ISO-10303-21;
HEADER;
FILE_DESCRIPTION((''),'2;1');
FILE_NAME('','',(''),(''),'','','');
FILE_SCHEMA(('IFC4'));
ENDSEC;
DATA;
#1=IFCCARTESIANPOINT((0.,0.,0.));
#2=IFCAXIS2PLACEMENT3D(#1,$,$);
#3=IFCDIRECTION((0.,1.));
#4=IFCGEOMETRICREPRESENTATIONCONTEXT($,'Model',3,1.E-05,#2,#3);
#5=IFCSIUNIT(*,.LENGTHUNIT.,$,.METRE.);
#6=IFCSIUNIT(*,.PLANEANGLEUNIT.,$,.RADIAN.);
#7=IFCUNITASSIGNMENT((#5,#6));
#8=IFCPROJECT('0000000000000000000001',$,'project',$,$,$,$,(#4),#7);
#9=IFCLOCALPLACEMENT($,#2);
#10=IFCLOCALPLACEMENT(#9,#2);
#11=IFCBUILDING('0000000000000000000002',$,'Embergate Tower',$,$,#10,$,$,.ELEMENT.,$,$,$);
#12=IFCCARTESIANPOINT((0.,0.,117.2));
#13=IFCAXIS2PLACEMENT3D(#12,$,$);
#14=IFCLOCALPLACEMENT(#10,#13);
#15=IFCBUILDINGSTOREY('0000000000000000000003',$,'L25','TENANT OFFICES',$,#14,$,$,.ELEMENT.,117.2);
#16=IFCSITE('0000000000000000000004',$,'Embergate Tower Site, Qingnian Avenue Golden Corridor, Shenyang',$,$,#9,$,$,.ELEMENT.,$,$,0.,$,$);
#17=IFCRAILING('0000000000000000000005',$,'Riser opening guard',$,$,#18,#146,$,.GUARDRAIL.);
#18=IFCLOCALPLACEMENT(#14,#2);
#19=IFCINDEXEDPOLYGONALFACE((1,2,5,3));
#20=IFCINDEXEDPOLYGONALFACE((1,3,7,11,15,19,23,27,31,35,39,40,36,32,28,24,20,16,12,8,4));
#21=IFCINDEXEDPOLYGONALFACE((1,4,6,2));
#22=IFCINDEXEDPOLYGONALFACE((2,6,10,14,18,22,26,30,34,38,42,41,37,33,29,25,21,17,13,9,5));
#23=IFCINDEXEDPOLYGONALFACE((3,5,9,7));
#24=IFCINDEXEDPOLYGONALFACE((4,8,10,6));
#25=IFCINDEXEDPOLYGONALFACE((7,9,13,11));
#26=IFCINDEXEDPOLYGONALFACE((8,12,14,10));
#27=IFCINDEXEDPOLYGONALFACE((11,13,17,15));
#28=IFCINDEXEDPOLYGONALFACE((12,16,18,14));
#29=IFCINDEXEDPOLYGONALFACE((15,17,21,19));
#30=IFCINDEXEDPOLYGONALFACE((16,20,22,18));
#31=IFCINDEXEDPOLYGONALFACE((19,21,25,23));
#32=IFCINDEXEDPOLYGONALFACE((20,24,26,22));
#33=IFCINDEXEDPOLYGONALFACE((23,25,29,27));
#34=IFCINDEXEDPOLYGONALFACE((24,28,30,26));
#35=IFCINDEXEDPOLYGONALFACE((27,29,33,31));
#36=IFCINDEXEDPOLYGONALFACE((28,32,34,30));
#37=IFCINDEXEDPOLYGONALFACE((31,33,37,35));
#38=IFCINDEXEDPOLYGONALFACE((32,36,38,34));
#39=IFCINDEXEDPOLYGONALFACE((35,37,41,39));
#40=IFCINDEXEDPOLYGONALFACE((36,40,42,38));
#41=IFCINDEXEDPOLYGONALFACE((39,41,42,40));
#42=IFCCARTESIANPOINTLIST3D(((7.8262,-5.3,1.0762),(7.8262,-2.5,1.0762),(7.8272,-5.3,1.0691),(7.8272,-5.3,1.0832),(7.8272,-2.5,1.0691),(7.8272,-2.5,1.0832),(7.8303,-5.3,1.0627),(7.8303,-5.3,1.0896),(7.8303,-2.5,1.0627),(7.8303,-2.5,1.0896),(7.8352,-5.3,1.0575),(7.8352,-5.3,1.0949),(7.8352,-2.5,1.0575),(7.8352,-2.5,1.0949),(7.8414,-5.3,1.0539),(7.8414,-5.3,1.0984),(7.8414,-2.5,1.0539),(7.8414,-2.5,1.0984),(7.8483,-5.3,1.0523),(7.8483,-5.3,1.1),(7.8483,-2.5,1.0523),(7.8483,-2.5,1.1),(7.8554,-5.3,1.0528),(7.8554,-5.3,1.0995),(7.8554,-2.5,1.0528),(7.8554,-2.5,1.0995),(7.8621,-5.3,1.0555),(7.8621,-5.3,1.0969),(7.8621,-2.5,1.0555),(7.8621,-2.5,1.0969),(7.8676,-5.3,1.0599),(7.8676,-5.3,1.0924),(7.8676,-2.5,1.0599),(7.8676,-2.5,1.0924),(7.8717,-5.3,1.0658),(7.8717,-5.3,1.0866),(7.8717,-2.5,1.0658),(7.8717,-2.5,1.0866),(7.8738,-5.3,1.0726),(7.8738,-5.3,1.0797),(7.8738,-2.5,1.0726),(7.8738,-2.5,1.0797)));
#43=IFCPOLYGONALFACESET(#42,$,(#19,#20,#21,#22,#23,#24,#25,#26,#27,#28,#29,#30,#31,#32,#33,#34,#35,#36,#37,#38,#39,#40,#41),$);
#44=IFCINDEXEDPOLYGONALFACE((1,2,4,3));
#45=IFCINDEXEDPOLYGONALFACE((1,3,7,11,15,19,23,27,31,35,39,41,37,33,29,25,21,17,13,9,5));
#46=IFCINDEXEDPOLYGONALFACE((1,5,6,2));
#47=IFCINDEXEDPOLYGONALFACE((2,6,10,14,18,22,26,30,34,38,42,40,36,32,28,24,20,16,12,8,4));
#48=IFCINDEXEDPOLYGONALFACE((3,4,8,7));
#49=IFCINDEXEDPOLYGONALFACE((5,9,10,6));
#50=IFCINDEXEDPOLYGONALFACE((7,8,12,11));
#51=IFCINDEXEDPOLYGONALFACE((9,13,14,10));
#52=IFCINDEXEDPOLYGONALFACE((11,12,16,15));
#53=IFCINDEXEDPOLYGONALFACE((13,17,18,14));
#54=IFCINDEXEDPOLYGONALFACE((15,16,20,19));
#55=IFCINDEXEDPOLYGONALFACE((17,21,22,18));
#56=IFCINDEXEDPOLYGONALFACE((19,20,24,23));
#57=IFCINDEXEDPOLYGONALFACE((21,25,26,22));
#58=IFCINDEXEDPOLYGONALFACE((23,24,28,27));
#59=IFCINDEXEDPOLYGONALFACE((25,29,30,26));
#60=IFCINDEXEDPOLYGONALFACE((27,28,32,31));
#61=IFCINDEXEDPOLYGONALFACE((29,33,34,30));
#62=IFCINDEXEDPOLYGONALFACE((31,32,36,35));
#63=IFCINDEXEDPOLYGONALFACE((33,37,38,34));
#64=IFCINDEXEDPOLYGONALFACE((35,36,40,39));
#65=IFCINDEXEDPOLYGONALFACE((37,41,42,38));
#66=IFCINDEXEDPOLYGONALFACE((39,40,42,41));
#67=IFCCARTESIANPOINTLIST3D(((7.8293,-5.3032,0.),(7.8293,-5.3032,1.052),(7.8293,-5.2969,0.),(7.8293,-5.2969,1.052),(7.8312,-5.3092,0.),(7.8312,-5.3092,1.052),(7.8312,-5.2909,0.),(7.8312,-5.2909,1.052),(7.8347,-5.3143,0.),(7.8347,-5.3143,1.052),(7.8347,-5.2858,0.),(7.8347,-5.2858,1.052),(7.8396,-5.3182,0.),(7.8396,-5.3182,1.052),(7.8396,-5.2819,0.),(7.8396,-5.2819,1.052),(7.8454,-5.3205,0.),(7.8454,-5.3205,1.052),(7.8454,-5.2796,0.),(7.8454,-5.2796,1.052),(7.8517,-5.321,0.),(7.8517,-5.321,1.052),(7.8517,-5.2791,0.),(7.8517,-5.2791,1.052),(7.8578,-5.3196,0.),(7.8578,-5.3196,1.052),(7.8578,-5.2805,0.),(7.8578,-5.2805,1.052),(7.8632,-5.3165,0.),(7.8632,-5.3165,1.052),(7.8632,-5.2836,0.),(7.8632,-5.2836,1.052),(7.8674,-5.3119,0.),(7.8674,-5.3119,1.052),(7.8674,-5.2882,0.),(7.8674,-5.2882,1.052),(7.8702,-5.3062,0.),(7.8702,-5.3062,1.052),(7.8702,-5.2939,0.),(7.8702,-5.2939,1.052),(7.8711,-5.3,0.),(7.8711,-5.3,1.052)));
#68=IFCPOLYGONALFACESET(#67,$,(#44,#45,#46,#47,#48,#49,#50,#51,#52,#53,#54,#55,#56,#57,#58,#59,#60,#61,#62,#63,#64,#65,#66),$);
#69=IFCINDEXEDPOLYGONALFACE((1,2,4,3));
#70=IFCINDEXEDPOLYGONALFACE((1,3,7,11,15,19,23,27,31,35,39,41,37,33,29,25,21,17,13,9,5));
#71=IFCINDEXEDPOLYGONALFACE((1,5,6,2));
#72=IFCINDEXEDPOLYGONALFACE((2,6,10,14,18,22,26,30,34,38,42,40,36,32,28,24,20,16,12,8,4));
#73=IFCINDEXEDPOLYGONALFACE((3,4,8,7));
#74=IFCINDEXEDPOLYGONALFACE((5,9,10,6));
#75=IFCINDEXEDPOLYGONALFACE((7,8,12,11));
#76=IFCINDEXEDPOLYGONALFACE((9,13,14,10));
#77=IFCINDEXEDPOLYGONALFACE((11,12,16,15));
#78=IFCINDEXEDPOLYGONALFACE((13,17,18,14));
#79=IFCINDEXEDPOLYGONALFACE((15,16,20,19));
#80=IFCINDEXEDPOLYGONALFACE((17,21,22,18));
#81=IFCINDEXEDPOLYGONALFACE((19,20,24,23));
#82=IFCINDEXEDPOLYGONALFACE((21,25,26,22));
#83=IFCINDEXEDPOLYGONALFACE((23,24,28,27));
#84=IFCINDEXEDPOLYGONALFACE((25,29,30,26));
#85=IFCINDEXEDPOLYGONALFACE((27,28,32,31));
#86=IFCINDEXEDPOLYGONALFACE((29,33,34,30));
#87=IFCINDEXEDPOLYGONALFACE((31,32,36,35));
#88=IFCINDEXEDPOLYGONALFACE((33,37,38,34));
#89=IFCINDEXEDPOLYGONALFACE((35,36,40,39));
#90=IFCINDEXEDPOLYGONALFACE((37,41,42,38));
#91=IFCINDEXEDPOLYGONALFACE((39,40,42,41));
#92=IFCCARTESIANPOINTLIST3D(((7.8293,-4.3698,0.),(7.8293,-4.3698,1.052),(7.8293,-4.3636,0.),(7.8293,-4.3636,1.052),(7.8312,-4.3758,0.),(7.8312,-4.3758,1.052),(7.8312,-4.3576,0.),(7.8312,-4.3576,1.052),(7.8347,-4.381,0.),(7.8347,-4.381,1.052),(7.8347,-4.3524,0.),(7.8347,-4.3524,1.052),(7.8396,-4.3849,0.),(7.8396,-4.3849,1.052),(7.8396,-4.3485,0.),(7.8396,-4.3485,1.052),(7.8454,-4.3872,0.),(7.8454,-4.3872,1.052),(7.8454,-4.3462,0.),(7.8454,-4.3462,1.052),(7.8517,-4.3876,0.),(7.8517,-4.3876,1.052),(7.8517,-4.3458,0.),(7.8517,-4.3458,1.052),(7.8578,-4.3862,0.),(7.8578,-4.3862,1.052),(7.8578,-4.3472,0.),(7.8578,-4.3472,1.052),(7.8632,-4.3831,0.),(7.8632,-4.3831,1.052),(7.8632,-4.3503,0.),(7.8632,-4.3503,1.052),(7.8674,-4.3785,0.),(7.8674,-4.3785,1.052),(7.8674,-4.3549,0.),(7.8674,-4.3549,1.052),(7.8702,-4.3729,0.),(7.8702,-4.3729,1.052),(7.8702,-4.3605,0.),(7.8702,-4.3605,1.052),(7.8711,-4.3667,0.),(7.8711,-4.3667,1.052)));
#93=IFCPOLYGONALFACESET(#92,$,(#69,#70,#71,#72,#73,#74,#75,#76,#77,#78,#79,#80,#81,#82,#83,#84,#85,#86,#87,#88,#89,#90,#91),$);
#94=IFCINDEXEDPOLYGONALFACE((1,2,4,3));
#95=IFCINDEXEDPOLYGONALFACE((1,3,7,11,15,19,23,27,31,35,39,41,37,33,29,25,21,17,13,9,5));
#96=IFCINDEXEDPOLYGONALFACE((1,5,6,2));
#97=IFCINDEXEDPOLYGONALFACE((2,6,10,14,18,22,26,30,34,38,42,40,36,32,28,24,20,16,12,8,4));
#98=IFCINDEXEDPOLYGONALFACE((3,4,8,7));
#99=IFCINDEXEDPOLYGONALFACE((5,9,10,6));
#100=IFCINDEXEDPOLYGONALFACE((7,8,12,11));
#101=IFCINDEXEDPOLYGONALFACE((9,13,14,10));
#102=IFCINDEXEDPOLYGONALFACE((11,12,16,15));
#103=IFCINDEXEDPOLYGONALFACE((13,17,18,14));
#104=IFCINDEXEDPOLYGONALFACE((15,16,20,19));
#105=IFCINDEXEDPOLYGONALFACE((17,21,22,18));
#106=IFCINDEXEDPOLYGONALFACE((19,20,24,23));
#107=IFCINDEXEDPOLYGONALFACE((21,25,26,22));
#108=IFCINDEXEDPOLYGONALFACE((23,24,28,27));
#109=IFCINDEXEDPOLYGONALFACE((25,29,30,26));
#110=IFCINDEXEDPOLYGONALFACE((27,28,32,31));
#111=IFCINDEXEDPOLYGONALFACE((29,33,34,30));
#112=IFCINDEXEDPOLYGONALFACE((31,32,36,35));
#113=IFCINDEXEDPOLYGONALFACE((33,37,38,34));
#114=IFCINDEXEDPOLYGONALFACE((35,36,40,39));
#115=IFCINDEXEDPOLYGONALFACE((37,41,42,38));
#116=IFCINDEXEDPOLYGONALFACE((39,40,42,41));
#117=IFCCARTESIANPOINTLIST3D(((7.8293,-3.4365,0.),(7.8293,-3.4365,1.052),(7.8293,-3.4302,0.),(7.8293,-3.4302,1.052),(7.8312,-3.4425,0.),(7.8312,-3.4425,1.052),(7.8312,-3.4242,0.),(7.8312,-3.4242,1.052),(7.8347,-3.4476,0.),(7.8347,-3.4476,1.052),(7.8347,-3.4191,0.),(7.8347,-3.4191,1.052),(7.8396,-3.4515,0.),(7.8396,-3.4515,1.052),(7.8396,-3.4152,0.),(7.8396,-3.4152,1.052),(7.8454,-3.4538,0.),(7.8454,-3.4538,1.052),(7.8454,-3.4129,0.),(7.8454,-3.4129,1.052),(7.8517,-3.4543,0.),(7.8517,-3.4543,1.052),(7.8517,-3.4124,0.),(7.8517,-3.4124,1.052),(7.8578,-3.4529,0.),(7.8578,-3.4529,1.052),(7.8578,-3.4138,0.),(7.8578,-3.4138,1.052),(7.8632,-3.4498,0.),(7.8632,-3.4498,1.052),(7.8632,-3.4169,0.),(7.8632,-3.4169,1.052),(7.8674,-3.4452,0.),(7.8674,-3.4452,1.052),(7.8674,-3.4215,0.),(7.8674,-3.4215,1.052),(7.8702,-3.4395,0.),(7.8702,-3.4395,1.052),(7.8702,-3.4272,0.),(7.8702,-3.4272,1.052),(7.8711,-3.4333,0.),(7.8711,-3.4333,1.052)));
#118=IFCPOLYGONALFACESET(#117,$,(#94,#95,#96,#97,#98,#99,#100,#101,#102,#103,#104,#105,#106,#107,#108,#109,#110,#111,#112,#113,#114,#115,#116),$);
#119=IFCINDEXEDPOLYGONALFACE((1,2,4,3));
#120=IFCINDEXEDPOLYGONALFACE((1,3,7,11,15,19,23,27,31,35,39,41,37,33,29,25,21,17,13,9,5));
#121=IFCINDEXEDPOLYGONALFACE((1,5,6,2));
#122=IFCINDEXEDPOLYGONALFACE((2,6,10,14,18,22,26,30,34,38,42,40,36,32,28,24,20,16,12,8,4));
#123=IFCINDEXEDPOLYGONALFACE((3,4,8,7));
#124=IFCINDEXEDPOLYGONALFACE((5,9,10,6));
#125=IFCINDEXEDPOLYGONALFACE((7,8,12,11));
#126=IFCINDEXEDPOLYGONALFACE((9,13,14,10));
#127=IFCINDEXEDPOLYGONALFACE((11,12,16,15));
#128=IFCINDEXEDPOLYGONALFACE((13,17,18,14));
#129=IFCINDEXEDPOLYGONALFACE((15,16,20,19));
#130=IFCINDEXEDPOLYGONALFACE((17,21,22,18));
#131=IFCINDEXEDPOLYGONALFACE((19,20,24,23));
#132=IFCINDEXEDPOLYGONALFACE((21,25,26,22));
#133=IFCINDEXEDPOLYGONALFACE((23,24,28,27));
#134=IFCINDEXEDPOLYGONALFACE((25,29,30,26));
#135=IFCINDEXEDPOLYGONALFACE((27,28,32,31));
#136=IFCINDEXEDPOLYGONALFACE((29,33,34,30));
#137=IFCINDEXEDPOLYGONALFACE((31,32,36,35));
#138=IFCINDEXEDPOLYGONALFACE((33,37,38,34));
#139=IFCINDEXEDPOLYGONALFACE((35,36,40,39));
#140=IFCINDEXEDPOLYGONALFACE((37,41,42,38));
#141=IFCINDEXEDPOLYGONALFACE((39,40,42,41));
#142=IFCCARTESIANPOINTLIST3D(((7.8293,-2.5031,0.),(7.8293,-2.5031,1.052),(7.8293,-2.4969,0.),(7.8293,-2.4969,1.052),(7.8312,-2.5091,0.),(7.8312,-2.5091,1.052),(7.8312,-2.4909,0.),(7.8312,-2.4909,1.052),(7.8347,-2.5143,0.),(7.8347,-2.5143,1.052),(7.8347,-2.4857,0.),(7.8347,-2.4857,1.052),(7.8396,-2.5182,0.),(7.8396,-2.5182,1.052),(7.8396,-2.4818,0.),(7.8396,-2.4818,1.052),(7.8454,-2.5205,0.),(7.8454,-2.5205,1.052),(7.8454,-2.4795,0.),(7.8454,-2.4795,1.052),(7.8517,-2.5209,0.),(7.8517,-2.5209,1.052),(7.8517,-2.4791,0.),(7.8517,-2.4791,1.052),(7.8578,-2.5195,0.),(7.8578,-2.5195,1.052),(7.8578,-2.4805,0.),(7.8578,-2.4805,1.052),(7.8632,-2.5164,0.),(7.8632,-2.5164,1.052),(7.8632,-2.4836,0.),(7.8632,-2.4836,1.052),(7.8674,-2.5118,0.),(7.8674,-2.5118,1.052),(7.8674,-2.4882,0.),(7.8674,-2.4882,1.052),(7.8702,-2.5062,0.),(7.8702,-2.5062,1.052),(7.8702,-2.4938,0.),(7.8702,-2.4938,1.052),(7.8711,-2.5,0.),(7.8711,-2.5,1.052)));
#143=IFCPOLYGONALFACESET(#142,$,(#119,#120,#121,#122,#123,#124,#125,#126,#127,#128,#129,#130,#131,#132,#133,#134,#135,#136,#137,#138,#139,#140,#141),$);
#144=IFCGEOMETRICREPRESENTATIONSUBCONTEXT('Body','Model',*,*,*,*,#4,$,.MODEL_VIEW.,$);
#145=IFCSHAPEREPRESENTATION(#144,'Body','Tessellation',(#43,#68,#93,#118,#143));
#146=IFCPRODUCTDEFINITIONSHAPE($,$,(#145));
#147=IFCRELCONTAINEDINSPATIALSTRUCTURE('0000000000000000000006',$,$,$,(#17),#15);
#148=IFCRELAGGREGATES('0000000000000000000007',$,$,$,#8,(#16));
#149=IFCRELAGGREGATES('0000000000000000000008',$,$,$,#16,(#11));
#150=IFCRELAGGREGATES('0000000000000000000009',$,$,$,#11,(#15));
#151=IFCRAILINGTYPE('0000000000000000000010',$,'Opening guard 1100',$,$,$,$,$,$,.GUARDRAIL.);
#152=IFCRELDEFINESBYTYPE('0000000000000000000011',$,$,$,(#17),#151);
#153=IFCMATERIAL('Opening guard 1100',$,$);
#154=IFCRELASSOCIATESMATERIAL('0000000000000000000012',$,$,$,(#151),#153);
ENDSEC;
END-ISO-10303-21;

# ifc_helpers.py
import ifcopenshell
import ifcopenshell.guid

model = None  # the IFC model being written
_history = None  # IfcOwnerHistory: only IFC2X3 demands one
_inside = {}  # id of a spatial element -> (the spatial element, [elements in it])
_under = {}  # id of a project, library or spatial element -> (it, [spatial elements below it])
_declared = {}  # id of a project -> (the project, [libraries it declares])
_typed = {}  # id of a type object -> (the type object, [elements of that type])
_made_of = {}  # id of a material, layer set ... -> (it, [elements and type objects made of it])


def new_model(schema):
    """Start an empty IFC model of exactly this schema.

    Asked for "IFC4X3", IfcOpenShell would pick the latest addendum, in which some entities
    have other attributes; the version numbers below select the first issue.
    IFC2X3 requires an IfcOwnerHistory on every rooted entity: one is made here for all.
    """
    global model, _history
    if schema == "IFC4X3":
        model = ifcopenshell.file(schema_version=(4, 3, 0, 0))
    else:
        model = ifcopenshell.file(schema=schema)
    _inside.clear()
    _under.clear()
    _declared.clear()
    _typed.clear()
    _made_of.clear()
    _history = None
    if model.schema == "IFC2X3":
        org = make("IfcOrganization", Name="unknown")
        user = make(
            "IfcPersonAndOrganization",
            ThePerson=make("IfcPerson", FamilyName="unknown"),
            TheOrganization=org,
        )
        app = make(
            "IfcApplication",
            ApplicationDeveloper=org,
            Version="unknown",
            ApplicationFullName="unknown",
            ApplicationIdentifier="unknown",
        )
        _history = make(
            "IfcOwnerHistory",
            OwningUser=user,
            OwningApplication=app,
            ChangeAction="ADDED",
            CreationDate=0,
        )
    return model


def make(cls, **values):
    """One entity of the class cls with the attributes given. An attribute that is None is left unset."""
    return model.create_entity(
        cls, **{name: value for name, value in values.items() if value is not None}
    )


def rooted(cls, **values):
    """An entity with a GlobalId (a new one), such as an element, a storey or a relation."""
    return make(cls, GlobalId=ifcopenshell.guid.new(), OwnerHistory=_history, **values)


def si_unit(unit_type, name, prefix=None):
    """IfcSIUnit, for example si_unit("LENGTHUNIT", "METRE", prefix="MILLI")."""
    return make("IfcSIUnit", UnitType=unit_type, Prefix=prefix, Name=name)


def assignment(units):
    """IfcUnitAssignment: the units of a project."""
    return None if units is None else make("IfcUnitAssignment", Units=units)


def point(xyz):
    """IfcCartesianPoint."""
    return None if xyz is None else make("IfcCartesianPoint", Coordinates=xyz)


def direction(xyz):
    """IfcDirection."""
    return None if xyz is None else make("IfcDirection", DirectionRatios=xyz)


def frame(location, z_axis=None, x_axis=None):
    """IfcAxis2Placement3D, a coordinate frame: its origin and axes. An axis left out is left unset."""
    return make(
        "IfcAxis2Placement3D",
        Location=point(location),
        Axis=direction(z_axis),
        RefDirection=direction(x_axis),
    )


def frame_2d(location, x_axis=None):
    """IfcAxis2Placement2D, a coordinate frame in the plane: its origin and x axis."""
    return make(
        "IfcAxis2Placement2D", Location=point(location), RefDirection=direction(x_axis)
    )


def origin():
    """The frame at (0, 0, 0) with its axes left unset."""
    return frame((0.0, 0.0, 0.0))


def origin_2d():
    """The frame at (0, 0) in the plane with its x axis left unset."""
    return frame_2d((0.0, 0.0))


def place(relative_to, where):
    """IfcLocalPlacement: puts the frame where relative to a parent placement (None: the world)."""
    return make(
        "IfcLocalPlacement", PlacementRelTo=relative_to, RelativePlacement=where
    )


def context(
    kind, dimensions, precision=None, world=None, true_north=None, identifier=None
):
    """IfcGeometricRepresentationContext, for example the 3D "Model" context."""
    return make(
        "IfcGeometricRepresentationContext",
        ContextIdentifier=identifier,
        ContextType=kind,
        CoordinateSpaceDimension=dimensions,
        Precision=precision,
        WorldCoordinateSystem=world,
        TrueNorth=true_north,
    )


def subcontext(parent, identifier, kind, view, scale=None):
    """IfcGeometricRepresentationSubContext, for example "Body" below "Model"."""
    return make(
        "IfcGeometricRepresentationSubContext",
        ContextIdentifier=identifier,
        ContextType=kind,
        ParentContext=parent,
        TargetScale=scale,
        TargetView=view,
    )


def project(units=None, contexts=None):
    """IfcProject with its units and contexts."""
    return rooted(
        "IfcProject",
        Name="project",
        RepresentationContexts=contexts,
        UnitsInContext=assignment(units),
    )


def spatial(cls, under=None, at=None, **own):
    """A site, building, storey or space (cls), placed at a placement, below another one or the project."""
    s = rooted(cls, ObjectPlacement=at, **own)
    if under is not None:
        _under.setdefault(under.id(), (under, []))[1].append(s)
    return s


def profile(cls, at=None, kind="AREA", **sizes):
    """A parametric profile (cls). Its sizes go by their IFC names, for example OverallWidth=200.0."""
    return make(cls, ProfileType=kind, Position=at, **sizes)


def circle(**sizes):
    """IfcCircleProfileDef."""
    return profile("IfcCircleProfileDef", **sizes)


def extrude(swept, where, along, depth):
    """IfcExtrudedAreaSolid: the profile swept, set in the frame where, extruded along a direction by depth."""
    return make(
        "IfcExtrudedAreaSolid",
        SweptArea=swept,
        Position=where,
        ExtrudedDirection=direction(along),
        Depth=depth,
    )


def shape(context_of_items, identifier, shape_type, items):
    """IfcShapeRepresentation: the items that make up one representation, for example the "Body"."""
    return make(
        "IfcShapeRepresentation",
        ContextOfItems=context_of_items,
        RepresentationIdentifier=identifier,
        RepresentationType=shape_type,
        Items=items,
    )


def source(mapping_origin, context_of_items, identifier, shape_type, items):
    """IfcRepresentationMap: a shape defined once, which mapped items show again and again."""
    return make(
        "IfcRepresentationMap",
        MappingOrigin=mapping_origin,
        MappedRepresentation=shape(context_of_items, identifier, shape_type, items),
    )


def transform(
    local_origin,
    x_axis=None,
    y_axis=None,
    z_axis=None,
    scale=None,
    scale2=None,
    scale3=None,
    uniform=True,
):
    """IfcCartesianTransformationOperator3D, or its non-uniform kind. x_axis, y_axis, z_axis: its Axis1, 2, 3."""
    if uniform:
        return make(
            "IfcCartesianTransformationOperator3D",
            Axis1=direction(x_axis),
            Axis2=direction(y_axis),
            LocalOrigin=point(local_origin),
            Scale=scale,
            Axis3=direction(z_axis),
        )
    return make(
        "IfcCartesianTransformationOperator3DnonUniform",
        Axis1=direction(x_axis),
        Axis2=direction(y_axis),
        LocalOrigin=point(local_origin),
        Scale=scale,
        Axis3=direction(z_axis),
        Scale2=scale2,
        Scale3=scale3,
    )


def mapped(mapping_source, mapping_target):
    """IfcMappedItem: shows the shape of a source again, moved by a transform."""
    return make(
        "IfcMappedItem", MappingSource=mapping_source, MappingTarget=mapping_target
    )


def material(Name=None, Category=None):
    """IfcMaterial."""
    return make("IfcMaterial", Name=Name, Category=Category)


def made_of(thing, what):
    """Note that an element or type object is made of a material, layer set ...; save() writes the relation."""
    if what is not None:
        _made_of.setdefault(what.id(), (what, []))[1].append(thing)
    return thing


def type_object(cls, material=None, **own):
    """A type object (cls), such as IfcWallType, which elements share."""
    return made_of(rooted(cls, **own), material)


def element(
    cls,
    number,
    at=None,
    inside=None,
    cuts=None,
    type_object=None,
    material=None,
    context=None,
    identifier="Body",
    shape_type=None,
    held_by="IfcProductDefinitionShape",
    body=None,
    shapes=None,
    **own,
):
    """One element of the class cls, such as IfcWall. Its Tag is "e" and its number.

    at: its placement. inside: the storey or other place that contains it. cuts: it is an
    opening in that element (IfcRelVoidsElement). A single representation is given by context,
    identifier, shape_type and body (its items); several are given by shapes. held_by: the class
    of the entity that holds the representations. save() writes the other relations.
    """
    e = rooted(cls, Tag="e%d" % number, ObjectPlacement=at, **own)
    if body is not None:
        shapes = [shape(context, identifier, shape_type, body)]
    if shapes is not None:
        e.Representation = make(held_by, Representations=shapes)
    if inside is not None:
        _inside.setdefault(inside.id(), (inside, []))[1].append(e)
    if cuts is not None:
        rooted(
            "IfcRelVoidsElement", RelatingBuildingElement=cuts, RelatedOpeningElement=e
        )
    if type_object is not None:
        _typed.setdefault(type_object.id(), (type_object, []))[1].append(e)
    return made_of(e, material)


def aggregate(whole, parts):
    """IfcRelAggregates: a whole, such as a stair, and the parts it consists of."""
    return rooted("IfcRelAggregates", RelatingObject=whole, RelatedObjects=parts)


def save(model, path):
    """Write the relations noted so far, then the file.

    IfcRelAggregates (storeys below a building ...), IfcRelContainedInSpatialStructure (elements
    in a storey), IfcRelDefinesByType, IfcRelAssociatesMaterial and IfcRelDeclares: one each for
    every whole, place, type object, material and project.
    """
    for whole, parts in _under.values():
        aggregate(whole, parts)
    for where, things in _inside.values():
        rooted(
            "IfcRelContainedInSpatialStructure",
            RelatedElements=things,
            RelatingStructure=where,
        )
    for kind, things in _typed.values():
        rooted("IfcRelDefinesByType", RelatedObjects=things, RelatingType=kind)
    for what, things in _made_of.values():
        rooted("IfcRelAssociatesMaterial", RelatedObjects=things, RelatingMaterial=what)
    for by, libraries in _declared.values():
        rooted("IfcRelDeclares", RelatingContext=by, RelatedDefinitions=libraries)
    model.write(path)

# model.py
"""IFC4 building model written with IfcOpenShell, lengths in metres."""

from ifc_helpers import new_model, si_unit, direction, frame, origin, origin_2d, place, context, subcontext, project, spatial, circle, extrude, source, transform, mapped, material, type_object, element, save


model = new_model("IFC4")

# Units and contexts
model_context = context("Model", 3, precision=1e-05, world=origin(), true_north=direction((0.0, 1.0)))
body_context = subcontext(model_context, "Body", "Model", "MODEL_VIEW")
ifc_project = project(units=[si_unit("LENGTHUNIT", "METRE"), si_unit("PLANEANGLEUNIT", "RADIAN")], contexts=[model_context])

# Site, building, storey
site_placement = place(None, origin())
site = spatial("IfcSite", under=ifc_project, at=site_placement, Name="Embergate Tower Site, Qingnian Avenue Golden Corridor, Shenyang", CompositionType="ELEMENT", RefElevation=0.0)
building_placement = place(site_placement, origin())
building = spatial("IfcBuilding", under=site, at=building_placement, Name="Embergate Tower", CompositionType="ELEMENT")
storey_placement = place(building_placement, frame((0.0, 0.0, 117.2)))
storey = spatial("IfcBuildingStorey", under=building, at=storey_placement, Name="L25", Description="TENANT OFFICES", CompositionType="ELEMENT", Elevation=117.2)

# Railing
ifc_material_1 = material(Name="Opening guard 1100")
railing_type = type_object("IfcRailingType", Name="Opening guard 1100", PredefinedType="GUARDRAIL", material=ifc_material_1)
shared_shape_1 = source(origin(), body_context, "Body", "SweptSolid", [
    extrude(circle(Radius=0.0239, at=origin_2d()), frame((0.0, 0.0, 1.0762), z_axis=(0.0, 1.0, 0.0), x_axis=(-1.0, 0.0, 0.0)), (0.0, 0.0, 1.0), 2.8),
    extrude(circle(Radius=0.021, at=origin_2d()), origin(), (0.0, 0.0, 1.0), 1.052),
    extrude(circle(Radius=0.021, at=origin_2d()), frame((0.0, 0.9333, 0.0)), (0.0, 0.0, 1.0), 1.052),
    extrude(circle(Radius=0.021, at=origin_2d()), frame((0.0, 1.8667, 0.0)), (0.0, 0.0, 1.0), 1.052),
    extrude(circle(Radius=0.021, at=origin_2d()), frame((0.0, 2.8, 0.0)), (0.0, 0.0, 1.0), 1.052),
])
railing_placement = place(storey_placement, frame((7.8501, -5.3, 0.0)))
element("IfcRailing", 1, at=railing_placement, inside=storey, type_object=railing_type, Name="Riser opening guard", PredefinedType="GUARDRAIL", context=body_context, shape_type="MappedRepresentation", body=[
    mapped(shared_shape_1, transform((0.0, 0.0, 0.0))),
])

save(model, "model.ifc")
